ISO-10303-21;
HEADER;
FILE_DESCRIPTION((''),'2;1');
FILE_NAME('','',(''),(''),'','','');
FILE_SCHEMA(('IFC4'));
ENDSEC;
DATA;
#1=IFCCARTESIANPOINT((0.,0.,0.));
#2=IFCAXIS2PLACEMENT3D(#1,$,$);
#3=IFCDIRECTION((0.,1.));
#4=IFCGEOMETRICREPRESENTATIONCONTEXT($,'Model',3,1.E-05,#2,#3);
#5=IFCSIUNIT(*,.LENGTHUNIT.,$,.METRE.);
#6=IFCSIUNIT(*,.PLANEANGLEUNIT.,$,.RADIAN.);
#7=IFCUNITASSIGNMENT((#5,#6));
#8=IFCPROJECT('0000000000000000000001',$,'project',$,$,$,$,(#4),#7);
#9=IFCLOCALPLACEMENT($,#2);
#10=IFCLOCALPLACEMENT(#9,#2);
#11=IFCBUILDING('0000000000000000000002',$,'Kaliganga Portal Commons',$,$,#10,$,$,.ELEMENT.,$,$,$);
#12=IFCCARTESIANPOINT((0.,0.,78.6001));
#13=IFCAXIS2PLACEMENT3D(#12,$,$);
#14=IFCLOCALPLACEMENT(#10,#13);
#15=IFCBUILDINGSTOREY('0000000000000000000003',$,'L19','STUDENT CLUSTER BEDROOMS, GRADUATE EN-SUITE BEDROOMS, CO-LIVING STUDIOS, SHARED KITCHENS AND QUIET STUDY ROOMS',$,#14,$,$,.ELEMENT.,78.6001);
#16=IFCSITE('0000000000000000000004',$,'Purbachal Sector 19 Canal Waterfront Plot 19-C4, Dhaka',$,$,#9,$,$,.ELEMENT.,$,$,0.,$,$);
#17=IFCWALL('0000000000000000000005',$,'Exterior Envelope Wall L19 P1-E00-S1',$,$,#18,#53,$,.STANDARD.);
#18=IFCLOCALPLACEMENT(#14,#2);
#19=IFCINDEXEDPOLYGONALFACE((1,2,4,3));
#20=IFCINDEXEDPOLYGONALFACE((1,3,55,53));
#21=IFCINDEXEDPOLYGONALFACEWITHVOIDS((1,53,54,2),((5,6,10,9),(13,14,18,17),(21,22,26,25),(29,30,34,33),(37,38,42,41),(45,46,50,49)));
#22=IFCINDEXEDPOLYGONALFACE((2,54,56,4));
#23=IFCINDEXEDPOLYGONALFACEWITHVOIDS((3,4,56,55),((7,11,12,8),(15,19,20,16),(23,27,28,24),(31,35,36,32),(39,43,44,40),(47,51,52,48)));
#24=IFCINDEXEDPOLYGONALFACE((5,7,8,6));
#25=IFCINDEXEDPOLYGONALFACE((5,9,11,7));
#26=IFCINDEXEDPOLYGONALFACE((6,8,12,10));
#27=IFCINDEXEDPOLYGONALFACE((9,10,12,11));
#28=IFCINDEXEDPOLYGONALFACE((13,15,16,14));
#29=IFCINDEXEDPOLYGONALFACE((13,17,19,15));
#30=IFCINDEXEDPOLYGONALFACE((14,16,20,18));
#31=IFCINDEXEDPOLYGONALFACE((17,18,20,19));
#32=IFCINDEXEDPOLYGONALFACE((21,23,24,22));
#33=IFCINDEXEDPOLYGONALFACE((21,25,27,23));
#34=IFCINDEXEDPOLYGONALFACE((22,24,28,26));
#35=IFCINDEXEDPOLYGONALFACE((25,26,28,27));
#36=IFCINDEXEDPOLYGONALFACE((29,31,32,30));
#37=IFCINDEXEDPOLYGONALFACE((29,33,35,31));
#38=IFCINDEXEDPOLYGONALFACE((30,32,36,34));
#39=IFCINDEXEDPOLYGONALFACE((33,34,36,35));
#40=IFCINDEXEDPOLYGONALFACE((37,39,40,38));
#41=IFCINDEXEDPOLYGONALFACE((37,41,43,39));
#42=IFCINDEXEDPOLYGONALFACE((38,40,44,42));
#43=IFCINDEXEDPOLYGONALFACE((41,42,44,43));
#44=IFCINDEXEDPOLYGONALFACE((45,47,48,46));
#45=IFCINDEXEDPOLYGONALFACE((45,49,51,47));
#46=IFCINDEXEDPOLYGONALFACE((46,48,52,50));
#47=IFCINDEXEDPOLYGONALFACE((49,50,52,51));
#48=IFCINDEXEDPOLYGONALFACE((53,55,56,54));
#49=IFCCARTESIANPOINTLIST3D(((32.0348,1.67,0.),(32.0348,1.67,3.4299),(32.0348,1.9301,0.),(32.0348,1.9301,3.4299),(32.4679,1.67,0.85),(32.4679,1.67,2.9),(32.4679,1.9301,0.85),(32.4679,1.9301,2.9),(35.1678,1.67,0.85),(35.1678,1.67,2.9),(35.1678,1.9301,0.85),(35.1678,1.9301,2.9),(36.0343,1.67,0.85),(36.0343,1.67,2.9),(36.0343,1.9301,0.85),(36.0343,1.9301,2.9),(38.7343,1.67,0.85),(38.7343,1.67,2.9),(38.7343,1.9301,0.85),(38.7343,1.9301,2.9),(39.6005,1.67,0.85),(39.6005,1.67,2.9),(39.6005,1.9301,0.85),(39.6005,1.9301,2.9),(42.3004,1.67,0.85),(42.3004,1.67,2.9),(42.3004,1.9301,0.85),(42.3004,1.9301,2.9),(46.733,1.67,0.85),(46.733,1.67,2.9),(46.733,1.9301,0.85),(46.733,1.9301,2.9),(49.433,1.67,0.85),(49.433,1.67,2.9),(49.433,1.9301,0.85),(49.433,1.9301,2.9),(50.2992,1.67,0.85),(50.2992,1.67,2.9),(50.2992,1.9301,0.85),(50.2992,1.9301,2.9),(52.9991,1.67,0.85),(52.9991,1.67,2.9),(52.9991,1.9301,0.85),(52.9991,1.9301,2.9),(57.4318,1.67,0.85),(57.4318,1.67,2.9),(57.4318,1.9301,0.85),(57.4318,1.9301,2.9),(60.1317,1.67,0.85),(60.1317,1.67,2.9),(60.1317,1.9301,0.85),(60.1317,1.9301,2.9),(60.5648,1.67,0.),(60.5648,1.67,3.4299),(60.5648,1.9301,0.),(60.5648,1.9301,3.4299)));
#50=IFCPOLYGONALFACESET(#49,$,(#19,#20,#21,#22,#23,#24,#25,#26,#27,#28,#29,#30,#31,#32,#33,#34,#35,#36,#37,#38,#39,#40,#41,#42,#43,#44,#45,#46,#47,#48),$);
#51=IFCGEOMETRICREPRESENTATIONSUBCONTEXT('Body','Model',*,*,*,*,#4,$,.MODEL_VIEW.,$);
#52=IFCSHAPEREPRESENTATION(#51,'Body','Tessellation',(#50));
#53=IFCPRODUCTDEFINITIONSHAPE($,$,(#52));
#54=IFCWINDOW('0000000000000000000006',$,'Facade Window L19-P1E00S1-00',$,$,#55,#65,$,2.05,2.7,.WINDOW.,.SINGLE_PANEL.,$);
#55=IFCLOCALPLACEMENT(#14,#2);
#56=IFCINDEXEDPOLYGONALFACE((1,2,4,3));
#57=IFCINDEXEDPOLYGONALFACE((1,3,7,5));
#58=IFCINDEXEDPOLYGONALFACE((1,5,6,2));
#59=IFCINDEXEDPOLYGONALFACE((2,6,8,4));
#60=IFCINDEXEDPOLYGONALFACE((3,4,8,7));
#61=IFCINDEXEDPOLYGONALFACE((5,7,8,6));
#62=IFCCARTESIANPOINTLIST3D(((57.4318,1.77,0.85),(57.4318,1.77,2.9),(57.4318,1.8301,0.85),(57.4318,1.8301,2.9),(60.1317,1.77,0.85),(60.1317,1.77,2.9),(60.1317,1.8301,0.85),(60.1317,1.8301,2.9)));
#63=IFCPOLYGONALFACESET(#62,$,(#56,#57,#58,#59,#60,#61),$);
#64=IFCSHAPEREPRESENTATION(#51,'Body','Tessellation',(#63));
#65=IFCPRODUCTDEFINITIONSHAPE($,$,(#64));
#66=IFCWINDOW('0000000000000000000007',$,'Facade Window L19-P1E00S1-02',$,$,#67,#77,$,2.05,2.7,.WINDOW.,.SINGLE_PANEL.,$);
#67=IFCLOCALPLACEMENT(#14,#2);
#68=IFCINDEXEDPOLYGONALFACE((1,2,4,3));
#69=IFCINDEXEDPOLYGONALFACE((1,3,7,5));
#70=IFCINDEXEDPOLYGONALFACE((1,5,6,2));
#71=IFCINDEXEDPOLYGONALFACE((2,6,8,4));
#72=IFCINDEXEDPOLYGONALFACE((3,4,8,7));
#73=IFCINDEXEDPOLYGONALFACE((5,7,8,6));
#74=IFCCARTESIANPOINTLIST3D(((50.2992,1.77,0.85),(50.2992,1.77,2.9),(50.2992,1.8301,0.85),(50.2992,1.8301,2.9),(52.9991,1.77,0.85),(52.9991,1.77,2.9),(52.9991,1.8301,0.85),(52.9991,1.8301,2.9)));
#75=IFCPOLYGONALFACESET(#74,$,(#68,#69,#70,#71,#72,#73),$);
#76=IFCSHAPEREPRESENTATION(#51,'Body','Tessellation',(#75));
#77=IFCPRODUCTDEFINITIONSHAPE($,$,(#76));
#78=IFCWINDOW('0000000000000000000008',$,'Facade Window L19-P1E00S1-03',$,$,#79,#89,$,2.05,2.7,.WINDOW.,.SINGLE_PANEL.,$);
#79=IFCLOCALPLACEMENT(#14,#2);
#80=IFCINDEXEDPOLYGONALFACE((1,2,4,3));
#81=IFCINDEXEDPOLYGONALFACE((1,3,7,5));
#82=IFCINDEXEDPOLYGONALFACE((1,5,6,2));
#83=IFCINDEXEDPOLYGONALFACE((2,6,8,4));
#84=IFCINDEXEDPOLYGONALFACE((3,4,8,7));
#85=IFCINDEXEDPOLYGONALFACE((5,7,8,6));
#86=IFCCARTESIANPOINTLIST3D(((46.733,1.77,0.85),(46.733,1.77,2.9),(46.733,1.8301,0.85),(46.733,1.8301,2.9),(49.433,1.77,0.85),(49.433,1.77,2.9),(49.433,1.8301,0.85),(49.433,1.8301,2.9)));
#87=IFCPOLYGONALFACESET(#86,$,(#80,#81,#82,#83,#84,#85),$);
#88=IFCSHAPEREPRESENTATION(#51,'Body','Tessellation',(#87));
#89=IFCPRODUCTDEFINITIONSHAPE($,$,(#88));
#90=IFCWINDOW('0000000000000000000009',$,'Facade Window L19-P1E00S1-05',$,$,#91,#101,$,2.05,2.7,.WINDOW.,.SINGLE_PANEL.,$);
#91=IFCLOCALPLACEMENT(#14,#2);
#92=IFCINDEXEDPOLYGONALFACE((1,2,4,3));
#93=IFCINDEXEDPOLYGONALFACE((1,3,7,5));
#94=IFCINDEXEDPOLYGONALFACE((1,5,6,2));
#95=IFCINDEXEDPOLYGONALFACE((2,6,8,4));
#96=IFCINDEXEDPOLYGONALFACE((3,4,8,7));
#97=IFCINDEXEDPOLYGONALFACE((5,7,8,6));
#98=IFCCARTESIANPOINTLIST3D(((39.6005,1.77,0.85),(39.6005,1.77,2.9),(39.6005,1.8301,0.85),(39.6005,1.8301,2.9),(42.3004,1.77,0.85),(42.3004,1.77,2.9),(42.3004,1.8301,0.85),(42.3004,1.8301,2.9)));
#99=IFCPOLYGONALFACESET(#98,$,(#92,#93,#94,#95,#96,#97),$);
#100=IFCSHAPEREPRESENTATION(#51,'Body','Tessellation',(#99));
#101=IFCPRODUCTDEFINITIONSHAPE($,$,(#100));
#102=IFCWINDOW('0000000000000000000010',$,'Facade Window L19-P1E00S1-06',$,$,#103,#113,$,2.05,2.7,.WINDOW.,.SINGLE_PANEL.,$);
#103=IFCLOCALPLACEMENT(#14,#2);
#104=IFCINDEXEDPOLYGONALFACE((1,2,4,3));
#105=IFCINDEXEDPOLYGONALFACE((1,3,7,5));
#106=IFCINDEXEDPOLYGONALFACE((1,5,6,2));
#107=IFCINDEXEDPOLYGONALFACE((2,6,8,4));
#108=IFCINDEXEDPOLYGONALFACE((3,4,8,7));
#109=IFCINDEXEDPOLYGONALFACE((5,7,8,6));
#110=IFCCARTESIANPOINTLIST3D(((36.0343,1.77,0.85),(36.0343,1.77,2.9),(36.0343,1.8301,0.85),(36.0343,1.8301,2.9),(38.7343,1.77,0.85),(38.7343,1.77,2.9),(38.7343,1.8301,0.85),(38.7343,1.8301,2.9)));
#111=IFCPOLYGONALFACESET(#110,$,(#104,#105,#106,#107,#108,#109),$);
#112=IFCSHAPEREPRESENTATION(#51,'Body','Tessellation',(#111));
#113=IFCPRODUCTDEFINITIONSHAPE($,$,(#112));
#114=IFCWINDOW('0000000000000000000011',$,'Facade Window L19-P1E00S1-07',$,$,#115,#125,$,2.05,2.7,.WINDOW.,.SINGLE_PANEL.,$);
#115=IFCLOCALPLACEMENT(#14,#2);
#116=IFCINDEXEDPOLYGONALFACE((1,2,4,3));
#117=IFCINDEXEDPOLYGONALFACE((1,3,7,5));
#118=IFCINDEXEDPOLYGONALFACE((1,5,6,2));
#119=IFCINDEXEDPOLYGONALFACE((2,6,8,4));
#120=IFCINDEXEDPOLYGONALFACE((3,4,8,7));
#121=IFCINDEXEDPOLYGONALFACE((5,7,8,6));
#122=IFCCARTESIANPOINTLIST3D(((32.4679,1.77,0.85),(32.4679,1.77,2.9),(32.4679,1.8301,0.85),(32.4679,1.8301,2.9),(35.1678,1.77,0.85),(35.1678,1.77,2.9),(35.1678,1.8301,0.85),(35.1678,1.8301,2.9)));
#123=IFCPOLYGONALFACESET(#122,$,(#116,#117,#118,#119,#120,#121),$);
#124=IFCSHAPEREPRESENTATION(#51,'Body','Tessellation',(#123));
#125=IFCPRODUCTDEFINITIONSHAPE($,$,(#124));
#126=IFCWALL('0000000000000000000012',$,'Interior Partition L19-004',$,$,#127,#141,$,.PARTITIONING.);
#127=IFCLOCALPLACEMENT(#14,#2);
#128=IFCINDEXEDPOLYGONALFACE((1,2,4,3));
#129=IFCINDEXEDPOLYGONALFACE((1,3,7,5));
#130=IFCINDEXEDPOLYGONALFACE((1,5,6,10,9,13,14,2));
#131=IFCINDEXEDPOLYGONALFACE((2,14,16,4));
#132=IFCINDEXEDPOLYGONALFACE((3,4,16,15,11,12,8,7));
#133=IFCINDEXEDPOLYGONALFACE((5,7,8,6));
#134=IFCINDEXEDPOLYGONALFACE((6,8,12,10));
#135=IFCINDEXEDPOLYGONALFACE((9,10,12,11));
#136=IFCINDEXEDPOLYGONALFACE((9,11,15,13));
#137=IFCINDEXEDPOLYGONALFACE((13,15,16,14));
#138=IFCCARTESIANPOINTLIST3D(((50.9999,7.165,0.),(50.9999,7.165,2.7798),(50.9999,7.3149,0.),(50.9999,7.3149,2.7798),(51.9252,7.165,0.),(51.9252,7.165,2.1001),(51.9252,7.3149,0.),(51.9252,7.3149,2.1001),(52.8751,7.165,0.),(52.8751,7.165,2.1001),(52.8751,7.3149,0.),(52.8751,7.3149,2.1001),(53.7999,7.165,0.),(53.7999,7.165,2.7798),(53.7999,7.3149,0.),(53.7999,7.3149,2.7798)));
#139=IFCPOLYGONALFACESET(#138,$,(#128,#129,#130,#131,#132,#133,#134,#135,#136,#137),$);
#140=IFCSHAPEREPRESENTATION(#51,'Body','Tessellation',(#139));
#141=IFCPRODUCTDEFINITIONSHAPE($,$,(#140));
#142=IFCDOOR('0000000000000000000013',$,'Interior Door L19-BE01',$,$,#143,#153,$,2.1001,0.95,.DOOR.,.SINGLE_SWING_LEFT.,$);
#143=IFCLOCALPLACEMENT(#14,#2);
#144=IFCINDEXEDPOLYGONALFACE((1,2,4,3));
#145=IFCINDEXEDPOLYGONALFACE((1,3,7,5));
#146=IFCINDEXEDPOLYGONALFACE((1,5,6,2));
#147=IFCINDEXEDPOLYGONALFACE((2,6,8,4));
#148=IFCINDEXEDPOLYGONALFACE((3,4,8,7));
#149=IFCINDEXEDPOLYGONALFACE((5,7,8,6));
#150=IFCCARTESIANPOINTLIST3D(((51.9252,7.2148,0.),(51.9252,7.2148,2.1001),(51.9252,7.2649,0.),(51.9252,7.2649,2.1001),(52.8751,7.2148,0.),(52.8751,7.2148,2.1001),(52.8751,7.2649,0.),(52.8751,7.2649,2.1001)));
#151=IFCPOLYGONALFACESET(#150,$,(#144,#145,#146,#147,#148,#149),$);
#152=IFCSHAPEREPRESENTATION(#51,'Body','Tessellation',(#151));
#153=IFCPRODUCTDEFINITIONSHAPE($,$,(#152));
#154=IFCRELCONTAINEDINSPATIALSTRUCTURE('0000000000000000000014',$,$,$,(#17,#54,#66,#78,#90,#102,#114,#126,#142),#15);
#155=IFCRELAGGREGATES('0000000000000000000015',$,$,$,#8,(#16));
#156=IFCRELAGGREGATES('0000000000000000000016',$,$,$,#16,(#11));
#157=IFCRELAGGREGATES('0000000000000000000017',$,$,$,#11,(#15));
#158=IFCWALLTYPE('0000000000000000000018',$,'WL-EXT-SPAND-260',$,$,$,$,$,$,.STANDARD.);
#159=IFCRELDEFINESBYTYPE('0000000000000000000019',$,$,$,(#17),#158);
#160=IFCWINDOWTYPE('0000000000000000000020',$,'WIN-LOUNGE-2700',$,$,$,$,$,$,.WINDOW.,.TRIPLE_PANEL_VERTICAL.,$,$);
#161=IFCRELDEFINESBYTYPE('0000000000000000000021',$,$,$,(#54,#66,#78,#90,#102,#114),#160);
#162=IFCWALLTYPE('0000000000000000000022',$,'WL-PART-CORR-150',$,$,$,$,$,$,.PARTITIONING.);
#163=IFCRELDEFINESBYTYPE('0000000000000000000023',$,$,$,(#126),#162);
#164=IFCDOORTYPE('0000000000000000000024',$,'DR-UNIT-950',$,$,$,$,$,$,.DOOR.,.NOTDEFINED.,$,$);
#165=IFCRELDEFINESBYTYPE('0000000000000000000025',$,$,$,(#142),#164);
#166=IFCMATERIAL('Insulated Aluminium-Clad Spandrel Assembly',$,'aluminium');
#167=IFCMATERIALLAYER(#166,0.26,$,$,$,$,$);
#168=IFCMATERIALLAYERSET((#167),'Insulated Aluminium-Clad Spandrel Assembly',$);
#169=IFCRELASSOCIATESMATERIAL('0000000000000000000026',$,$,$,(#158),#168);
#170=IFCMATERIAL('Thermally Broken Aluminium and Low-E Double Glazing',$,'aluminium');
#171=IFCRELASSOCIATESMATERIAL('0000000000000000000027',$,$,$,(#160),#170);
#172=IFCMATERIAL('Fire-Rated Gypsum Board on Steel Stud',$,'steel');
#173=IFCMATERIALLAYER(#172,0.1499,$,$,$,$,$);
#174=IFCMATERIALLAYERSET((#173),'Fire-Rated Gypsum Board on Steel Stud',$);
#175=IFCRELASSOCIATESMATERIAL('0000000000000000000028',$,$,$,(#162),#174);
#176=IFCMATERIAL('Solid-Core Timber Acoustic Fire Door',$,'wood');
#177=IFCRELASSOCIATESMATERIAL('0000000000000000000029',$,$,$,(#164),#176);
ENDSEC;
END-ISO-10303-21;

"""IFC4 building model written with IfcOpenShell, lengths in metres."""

from ifc_helpers import new_model, si_unit, direction, frame, frame_2d, origin, place, context, subcontext, project, spatial, rectangle, extrude, material, layer, layer_set, type_object, element, fill, save


model = new_model("IFC4")

# Units and contexts
model_context = context("Model", 3, precision=1e-05, world=origin(), true_north=direction((0.0, 1.0)))
body_context = subcontext(model_context, "Body", "Model", "MODEL_VIEW")
ifc_project = project(units=[si_unit("LENGTHUNIT", "METRE"), si_unit("PLANEANGLEUNIT", "RADIAN")], contexts=[model_context])

# Site, building, storey
site_placement = place(None, origin())
site = spatial("IfcSite", under=ifc_project, at=site_placement, Name="Purbachal Sector 19 Canal Waterfront Plot 19-C4, Dhaka", CompositionType="ELEMENT", RefElevation=0.0)
building_placement = place(site_placement, origin())
building = spatial("IfcBuilding", under=site, at=building_placement, Name="Kaliganga Portal Commons", CompositionType="ELEMENT")
storey_placement = place(building_placement, frame((0.0, 0.0, 78.6001)))
storey = spatial("IfcBuildingStorey", under=building, at=storey_placement, Name="L19", Description="STUDENT CLUSTER BEDROOMS, GRADUATE EN-SUITE BEDROOMS, CO-LIVING STUDIOS, SHARED KITCHENS AND QUIET STUDY ROOMS", CompositionType="ELEMENT", Elevation=78.6001)

# Wall, openings, windows
ifc_material_1 = material(Name="Insulated Aluminium-Clad Spandrel Assembly", Category="aluminium")
ifc_layer_1 = layer(ifc_material_1, 0.26)
ifc_layer_set_1 = layer_set([ifc_layer_1], Name="Insulated Aluminium-Clad Spandrel Assembly")
wall_type_1 = type_object("IfcWallType", Name="WL-EXT-SPAND-260", PredefinedType="STANDARD", material=ifc_layer_set_1)
wall_1_placement = place(storey_placement, frame((60.5649, 1.8, 0.0), z_axis=(0.0, 0.0, 1.0), x_axis=(-1.0, 0.0, 0.0)))
wall_1 = element("IfcWall", 1, at=wall_1_placement, inside=storey, type_object=wall_type_1, Name="Exterior Envelope Wall L19 P1-E00-S1", PredefinedType="STANDARD", context=body_context, shape_type="SweptSolid", body=[
    extrude(rectangle(XDim=28.53, YDim=0.26, at=frame_2d((14.2651, 0.0))), origin(), (0.0, 0.0, 1.0), 3.4299),
])
opening_1_placement = place(wall_1_placement, frame((0.4331, 0.0, 0.8501)))
opening_1 = element("IfcOpeningElement", 2, at=opening_1_placement, cuts=wall_1, PredefinedType="OPENING", context=body_context, shape_type="SweptSolid", body=[
    extrude(rectangle(XDim=2.7, YDim=2.05, at=frame_2d((1.3501, 1.0249))), frame((0.0, 0.1401, 0.0), z_axis=(0.0, -1.0, 0.0), x_axis=(1.0, 0.0, 0.0)), (0.0, 0.0, 1.0), 0.28),
])
opening_2_placement = place(wall_1_placement, frame((7.5657, 0.0, 0.8501)))
opening_2 = element("IfcOpeningElement", 3, at=opening_2_placement, cuts=wall_1, PredefinedType="OPENING", context=body_context, shape_type="SweptSolid", body=[
    extrude(rectangle(XDim=2.7, YDim=2.05, at=frame_2d((1.3501, 1.0249))), frame((0.0, 0.1401, 0.0), z_axis=(0.0, -1.0, 0.0), x_axis=(1.0, 0.0, 0.0)), (0.0, 0.0, 1.0), 0.28),
])
opening_3_placement = place(wall_1_placement, frame((11.1318, 0.0, 0.8501)))
opening_3 = element("IfcOpeningElement", 4, at=opening_3_placement, cuts=wall_1, PredefinedType="OPENING", context=body_context, shape_type="SweptSolid", body=[
    extrude(rectangle(XDim=2.7, YDim=2.05, at=frame_2d((1.3501, 1.0249))), frame((0.0, 0.1401, 0.0), z_axis=(0.0, -1.0, 0.0), x_axis=(1.0, 0.0, 0.0)), (0.0, 0.0, 1.0), 0.28),
])
opening_4_placement = place(wall_1_placement, frame((18.2644, 0.0, 0.8501)))
opening_4 = element("IfcOpeningElement", 5, at=opening_4_placement, cuts=wall_1, PredefinedType="OPENING", context=body_context, shape_type="SweptSolid", body=[
    extrude(rectangle(XDim=2.7, YDim=2.05, at=frame_2d((1.3501, 1.0249))), frame((0.0, 0.1401, 0.0), z_axis=(0.0, -1.0, 0.0), x_axis=(1.0, 0.0, 0.0)), (0.0, 0.0, 1.0), 0.28),
])
opening_5_placement = place(wall_1_placement, frame((21.8306, 0.0, 0.8501)))
opening_5 = element("IfcOpeningElement", 6, at=opening_5_placement, cuts=wall_1, PredefinedType="OPENING", context=body_context, shape_type="SweptSolid", body=[
    extrude(rectangle(XDim=2.7, YDim=2.05, at=frame_2d((1.3501, 1.0249))), frame((0.0, 0.1401, 0.0), z_axis=(0.0, -1.0, 0.0), x_axis=(1.0, 0.0, 0.0)), (0.0, 0.0, 1.0), 0.28),
])
opening_6_placement = place(wall_1_placement, frame((25.397, 0.0, 0.8501)))
opening_6 = element("IfcOpeningElement", 7, at=opening_6_placement, cuts=wall_1, PredefinedType="OPENING", context=body_context, shape_type="SweptSolid", body=[
    extrude(rectangle(XDim=2.7, YDim=2.05, at=frame_2d((1.3501, 1.0249))), frame((0.0, 0.1401, 0.0), z_axis=(0.0, -1.0, 0.0), x_axis=(1.0, 0.0, 0.0)), (0.0, 0.0, 1.0), 0.28),
])
ifc_material_2 = material(Name="Thermally Broken Aluminium and Low-E Double Glazing", Category="aluminium")
window_type = type_object("IfcWindowType", Name="WIN-LOUNGE-2700", PartitioningType="TRIPLE_PANEL_VERTICAL", PredefinedType="WINDOW", material=ifc_material_2)
window_1_placement = place(opening_1_placement, origin())
window_1 = element("IfcWindow", 8, at=window_1_placement, inside=storey, type_object=window_type, Name="Facade Window L19-P1E00S1-00", OverallHeight=2.05, OverallWidth=2.7, PartitioningType="SINGLE_PANEL", PredefinedType="WINDOW", context=body_context, shape_type="SweptSolid", body=[
    extrude(rectangle(XDim=2.7, YDim=2.05, at=frame_2d((1.3501, 1.0249))), frame((0.0, 0.03, 0.0), z_axis=(0.0, -1.0, 0.0), x_axis=(1.0, 0.0, 0.0)), (0.0, 0.0, 1.0), 0.0601),
])
fill(opening_1, window_1)
window_2_placement = place(opening_2_placement, origin())
window_2 = element("IfcWindow", 9, at=window_2_placement, inside=storey, type_object=window_type, Name="Facade Window L19-P1E00S1-02", OverallHeight=2.05, OverallWidth=2.7, PartitioningType="SINGLE_PANEL", PredefinedType="WINDOW", context=body_context, shape_type="SweptSolid", body=[
    extrude(rectangle(XDim=2.7, YDim=2.05, at=frame_2d((1.3501, 1.0249))), frame((0.0, 0.03, 0.0), z_axis=(0.0, -1.0, 0.0), x_axis=(1.0, 0.0, 0.0)), (0.0, 0.0, 1.0), 0.0601),
])
fill(opening_2, window_2)
window_3_placement = place(opening_3_placement, origin())
window_3 = element("IfcWindow", 10, at=window_3_placement, inside=storey, type_object=window_type, Name="Facade Window L19-P1E00S1-03", OverallHeight=2.05, OverallWidth=2.7, PartitioningType="SINGLE_PANEL", PredefinedType="WINDOW", context=body_context, shape_type="SweptSolid", body=[
    extrude(rectangle(XDim=2.7, YDim=2.05, at=frame_2d((1.3501, 1.0249))), frame((0.0, 0.03, 0.0), z_axis=(0.0, -1.0, 0.0), x_axis=(1.0, 0.0, 0.0)), (0.0, 0.0, 1.0), 0.0601),
])
fill(opening_3, window_3)
window_4_placement = place(opening_4_placement, origin())
window_4 = element("IfcWindow", 11, at=window_4_placement, inside=storey, type_object=window_type, Name="Facade Window L19-P1E00S1-05", OverallHeight=2.05, OverallWidth=2.7, PartitioningType="SINGLE_PANEL", PredefinedType="WINDOW", context=body_context, shape_type="SweptSolid", body=[
    extrude(rectangle(XDim=2.7, YDim=2.05, at=frame_2d((1.3501, 1.0249))), frame((0.0, 0.03, 0.0), z_axis=(0.0, -1.0, 0.0), x_axis=(1.0, 0.0, 0.0)), (0.0, 0.0, 1.0), 0.0601),
])
fill(opening_4, window_4)
window_5_placement = place(opening_5_placement, origin())
window_5 = element("IfcWindow", 12, at=window_5_placement, inside=storey, type_object=window_type, Name="Facade Window L19-P1E00S1-06", OverallHeight=2.05, OverallWidth=2.7, PartitioningType="SINGLE_PANEL", PredefinedType="WINDOW", context=body_context, shape_type="SweptSolid", body=[
    extrude(rectangle(XDim=2.7, YDim=2.05, at=frame_2d((1.3501, 1.0249))), frame((0.0, 0.03, 0.0), z_axis=(0.0, -1.0, 0.0), x_axis=(1.0, 0.0, 0.0)), (0.0, 0.0, 1.0), 0.0601),
])
fill(opening_5, window_5)
window_6_placement = place(opening_6_placement, origin())
window_6 = element("IfcWindow", 13, at=window_6_placement, inside=storey, type_object=window_type, Name="Facade Window L19-P1E00S1-07", OverallHeight=2.05, OverallWidth=2.7, PartitioningType="SINGLE_PANEL", PredefinedType="WINDOW", context=body_context, shape_type="SweptSolid", body=[
    extrude(rectangle(XDim=2.7, YDim=2.05, at=frame_2d((1.3501, 1.0249))), frame((0.0, 0.03, 0.0), z_axis=(0.0, -1.0, 0.0), x_axis=(1.0, 0.0, 0.0)), (0.0, 0.0, 1.0), 0.0601),
])
fill(opening_6, window_6)

# Wall, opening, door
ifc_material_3 = material(Name="Fire-Rated Gypsum Board on Steel Stud", Category="steel")
ifc_layer_2 = layer(ifc_material_3, 0.1499)
ifc_layer_set_2 = layer_set([ifc_layer_2], Name="Fire-Rated Gypsum Board on Steel Stud")
wall_type_2 = type_object("IfcWallType", Name="WL-PART-CORR-150", PredefinedType="PARTITIONING", material=ifc_layer_set_2)
wall_2_placement = place(storey_placement, frame((51.0, 7.24, 0.0), z_axis=(0.0, 0.0, 1.0), x_axis=(1.0, 0.0, 0.0)))
wall_2 = element("IfcWall", 14, at=wall_2_placement, inside=storey, type_object=wall_type_2, Name="Interior Partition L19-004", PredefinedType="PARTITIONING", context=body_context, shape_type="SweptSolid", body=[
    extrude(rectangle(XDim=2.8, YDim=0.1499, at=frame_2d((1.3999, 0.0))), origin(), (0.0, 0.0, 1.0), 2.7798),
])
opening_7_placement = place(wall_2_placement, frame((0.925, 0.0, 0.0)))
opening_7 = element("IfcOpeningElement", 15, at=opening_7_placement, cuts=wall_2, PredefinedType="OPENING", context=body_context, shape_type="SweptSolid", body=[
    extrude(rectangle(XDim=0.95, YDim=2.1001, at=frame_2d((0.4751, 1.05))), frame((0.0, 0.085, 0.0), z_axis=(0.0, -1.0, 0.0), x_axis=(1.0, 0.0, 0.0)), (0.0, 0.0, 1.0), 0.1699),
])
ifc_material_4 = material(Name="Solid-Core Timber Acoustic Fire Door", Category="wood")
door_type_1 = type_object("IfcDoorType", Name="DR-UNIT-950", OperationType="NOTDEFINED", PredefinedType="DOOR", material=ifc_material_4)
door_1_placement = place(opening_7_placement, origin())
door_1 = element("IfcDoor", 16, at=door_1_placement, inside=storey, type_object=door_type_1, Name="Interior Door L19-BE01", OperationType="SINGLE_SWING_LEFT", OverallHeight=2.1001, OverallWidth=0.95, PredefinedType="DOOR", context=body_context, shape_type="SweptSolid", body=[
    extrude(rectangle(XDim=0.95, YDim=2.1001, at=frame_2d((0.4751, 1.05))), frame((0.0, 0.0249, 0.0), z_axis=(0.0, -1.0, 0.0), x_axis=(1.0, 0.0, 0.0)), (0.0, 0.0, 1.0), 0.05),
])
fill(opening_7, door_1)

save(model, "model.ifc")
